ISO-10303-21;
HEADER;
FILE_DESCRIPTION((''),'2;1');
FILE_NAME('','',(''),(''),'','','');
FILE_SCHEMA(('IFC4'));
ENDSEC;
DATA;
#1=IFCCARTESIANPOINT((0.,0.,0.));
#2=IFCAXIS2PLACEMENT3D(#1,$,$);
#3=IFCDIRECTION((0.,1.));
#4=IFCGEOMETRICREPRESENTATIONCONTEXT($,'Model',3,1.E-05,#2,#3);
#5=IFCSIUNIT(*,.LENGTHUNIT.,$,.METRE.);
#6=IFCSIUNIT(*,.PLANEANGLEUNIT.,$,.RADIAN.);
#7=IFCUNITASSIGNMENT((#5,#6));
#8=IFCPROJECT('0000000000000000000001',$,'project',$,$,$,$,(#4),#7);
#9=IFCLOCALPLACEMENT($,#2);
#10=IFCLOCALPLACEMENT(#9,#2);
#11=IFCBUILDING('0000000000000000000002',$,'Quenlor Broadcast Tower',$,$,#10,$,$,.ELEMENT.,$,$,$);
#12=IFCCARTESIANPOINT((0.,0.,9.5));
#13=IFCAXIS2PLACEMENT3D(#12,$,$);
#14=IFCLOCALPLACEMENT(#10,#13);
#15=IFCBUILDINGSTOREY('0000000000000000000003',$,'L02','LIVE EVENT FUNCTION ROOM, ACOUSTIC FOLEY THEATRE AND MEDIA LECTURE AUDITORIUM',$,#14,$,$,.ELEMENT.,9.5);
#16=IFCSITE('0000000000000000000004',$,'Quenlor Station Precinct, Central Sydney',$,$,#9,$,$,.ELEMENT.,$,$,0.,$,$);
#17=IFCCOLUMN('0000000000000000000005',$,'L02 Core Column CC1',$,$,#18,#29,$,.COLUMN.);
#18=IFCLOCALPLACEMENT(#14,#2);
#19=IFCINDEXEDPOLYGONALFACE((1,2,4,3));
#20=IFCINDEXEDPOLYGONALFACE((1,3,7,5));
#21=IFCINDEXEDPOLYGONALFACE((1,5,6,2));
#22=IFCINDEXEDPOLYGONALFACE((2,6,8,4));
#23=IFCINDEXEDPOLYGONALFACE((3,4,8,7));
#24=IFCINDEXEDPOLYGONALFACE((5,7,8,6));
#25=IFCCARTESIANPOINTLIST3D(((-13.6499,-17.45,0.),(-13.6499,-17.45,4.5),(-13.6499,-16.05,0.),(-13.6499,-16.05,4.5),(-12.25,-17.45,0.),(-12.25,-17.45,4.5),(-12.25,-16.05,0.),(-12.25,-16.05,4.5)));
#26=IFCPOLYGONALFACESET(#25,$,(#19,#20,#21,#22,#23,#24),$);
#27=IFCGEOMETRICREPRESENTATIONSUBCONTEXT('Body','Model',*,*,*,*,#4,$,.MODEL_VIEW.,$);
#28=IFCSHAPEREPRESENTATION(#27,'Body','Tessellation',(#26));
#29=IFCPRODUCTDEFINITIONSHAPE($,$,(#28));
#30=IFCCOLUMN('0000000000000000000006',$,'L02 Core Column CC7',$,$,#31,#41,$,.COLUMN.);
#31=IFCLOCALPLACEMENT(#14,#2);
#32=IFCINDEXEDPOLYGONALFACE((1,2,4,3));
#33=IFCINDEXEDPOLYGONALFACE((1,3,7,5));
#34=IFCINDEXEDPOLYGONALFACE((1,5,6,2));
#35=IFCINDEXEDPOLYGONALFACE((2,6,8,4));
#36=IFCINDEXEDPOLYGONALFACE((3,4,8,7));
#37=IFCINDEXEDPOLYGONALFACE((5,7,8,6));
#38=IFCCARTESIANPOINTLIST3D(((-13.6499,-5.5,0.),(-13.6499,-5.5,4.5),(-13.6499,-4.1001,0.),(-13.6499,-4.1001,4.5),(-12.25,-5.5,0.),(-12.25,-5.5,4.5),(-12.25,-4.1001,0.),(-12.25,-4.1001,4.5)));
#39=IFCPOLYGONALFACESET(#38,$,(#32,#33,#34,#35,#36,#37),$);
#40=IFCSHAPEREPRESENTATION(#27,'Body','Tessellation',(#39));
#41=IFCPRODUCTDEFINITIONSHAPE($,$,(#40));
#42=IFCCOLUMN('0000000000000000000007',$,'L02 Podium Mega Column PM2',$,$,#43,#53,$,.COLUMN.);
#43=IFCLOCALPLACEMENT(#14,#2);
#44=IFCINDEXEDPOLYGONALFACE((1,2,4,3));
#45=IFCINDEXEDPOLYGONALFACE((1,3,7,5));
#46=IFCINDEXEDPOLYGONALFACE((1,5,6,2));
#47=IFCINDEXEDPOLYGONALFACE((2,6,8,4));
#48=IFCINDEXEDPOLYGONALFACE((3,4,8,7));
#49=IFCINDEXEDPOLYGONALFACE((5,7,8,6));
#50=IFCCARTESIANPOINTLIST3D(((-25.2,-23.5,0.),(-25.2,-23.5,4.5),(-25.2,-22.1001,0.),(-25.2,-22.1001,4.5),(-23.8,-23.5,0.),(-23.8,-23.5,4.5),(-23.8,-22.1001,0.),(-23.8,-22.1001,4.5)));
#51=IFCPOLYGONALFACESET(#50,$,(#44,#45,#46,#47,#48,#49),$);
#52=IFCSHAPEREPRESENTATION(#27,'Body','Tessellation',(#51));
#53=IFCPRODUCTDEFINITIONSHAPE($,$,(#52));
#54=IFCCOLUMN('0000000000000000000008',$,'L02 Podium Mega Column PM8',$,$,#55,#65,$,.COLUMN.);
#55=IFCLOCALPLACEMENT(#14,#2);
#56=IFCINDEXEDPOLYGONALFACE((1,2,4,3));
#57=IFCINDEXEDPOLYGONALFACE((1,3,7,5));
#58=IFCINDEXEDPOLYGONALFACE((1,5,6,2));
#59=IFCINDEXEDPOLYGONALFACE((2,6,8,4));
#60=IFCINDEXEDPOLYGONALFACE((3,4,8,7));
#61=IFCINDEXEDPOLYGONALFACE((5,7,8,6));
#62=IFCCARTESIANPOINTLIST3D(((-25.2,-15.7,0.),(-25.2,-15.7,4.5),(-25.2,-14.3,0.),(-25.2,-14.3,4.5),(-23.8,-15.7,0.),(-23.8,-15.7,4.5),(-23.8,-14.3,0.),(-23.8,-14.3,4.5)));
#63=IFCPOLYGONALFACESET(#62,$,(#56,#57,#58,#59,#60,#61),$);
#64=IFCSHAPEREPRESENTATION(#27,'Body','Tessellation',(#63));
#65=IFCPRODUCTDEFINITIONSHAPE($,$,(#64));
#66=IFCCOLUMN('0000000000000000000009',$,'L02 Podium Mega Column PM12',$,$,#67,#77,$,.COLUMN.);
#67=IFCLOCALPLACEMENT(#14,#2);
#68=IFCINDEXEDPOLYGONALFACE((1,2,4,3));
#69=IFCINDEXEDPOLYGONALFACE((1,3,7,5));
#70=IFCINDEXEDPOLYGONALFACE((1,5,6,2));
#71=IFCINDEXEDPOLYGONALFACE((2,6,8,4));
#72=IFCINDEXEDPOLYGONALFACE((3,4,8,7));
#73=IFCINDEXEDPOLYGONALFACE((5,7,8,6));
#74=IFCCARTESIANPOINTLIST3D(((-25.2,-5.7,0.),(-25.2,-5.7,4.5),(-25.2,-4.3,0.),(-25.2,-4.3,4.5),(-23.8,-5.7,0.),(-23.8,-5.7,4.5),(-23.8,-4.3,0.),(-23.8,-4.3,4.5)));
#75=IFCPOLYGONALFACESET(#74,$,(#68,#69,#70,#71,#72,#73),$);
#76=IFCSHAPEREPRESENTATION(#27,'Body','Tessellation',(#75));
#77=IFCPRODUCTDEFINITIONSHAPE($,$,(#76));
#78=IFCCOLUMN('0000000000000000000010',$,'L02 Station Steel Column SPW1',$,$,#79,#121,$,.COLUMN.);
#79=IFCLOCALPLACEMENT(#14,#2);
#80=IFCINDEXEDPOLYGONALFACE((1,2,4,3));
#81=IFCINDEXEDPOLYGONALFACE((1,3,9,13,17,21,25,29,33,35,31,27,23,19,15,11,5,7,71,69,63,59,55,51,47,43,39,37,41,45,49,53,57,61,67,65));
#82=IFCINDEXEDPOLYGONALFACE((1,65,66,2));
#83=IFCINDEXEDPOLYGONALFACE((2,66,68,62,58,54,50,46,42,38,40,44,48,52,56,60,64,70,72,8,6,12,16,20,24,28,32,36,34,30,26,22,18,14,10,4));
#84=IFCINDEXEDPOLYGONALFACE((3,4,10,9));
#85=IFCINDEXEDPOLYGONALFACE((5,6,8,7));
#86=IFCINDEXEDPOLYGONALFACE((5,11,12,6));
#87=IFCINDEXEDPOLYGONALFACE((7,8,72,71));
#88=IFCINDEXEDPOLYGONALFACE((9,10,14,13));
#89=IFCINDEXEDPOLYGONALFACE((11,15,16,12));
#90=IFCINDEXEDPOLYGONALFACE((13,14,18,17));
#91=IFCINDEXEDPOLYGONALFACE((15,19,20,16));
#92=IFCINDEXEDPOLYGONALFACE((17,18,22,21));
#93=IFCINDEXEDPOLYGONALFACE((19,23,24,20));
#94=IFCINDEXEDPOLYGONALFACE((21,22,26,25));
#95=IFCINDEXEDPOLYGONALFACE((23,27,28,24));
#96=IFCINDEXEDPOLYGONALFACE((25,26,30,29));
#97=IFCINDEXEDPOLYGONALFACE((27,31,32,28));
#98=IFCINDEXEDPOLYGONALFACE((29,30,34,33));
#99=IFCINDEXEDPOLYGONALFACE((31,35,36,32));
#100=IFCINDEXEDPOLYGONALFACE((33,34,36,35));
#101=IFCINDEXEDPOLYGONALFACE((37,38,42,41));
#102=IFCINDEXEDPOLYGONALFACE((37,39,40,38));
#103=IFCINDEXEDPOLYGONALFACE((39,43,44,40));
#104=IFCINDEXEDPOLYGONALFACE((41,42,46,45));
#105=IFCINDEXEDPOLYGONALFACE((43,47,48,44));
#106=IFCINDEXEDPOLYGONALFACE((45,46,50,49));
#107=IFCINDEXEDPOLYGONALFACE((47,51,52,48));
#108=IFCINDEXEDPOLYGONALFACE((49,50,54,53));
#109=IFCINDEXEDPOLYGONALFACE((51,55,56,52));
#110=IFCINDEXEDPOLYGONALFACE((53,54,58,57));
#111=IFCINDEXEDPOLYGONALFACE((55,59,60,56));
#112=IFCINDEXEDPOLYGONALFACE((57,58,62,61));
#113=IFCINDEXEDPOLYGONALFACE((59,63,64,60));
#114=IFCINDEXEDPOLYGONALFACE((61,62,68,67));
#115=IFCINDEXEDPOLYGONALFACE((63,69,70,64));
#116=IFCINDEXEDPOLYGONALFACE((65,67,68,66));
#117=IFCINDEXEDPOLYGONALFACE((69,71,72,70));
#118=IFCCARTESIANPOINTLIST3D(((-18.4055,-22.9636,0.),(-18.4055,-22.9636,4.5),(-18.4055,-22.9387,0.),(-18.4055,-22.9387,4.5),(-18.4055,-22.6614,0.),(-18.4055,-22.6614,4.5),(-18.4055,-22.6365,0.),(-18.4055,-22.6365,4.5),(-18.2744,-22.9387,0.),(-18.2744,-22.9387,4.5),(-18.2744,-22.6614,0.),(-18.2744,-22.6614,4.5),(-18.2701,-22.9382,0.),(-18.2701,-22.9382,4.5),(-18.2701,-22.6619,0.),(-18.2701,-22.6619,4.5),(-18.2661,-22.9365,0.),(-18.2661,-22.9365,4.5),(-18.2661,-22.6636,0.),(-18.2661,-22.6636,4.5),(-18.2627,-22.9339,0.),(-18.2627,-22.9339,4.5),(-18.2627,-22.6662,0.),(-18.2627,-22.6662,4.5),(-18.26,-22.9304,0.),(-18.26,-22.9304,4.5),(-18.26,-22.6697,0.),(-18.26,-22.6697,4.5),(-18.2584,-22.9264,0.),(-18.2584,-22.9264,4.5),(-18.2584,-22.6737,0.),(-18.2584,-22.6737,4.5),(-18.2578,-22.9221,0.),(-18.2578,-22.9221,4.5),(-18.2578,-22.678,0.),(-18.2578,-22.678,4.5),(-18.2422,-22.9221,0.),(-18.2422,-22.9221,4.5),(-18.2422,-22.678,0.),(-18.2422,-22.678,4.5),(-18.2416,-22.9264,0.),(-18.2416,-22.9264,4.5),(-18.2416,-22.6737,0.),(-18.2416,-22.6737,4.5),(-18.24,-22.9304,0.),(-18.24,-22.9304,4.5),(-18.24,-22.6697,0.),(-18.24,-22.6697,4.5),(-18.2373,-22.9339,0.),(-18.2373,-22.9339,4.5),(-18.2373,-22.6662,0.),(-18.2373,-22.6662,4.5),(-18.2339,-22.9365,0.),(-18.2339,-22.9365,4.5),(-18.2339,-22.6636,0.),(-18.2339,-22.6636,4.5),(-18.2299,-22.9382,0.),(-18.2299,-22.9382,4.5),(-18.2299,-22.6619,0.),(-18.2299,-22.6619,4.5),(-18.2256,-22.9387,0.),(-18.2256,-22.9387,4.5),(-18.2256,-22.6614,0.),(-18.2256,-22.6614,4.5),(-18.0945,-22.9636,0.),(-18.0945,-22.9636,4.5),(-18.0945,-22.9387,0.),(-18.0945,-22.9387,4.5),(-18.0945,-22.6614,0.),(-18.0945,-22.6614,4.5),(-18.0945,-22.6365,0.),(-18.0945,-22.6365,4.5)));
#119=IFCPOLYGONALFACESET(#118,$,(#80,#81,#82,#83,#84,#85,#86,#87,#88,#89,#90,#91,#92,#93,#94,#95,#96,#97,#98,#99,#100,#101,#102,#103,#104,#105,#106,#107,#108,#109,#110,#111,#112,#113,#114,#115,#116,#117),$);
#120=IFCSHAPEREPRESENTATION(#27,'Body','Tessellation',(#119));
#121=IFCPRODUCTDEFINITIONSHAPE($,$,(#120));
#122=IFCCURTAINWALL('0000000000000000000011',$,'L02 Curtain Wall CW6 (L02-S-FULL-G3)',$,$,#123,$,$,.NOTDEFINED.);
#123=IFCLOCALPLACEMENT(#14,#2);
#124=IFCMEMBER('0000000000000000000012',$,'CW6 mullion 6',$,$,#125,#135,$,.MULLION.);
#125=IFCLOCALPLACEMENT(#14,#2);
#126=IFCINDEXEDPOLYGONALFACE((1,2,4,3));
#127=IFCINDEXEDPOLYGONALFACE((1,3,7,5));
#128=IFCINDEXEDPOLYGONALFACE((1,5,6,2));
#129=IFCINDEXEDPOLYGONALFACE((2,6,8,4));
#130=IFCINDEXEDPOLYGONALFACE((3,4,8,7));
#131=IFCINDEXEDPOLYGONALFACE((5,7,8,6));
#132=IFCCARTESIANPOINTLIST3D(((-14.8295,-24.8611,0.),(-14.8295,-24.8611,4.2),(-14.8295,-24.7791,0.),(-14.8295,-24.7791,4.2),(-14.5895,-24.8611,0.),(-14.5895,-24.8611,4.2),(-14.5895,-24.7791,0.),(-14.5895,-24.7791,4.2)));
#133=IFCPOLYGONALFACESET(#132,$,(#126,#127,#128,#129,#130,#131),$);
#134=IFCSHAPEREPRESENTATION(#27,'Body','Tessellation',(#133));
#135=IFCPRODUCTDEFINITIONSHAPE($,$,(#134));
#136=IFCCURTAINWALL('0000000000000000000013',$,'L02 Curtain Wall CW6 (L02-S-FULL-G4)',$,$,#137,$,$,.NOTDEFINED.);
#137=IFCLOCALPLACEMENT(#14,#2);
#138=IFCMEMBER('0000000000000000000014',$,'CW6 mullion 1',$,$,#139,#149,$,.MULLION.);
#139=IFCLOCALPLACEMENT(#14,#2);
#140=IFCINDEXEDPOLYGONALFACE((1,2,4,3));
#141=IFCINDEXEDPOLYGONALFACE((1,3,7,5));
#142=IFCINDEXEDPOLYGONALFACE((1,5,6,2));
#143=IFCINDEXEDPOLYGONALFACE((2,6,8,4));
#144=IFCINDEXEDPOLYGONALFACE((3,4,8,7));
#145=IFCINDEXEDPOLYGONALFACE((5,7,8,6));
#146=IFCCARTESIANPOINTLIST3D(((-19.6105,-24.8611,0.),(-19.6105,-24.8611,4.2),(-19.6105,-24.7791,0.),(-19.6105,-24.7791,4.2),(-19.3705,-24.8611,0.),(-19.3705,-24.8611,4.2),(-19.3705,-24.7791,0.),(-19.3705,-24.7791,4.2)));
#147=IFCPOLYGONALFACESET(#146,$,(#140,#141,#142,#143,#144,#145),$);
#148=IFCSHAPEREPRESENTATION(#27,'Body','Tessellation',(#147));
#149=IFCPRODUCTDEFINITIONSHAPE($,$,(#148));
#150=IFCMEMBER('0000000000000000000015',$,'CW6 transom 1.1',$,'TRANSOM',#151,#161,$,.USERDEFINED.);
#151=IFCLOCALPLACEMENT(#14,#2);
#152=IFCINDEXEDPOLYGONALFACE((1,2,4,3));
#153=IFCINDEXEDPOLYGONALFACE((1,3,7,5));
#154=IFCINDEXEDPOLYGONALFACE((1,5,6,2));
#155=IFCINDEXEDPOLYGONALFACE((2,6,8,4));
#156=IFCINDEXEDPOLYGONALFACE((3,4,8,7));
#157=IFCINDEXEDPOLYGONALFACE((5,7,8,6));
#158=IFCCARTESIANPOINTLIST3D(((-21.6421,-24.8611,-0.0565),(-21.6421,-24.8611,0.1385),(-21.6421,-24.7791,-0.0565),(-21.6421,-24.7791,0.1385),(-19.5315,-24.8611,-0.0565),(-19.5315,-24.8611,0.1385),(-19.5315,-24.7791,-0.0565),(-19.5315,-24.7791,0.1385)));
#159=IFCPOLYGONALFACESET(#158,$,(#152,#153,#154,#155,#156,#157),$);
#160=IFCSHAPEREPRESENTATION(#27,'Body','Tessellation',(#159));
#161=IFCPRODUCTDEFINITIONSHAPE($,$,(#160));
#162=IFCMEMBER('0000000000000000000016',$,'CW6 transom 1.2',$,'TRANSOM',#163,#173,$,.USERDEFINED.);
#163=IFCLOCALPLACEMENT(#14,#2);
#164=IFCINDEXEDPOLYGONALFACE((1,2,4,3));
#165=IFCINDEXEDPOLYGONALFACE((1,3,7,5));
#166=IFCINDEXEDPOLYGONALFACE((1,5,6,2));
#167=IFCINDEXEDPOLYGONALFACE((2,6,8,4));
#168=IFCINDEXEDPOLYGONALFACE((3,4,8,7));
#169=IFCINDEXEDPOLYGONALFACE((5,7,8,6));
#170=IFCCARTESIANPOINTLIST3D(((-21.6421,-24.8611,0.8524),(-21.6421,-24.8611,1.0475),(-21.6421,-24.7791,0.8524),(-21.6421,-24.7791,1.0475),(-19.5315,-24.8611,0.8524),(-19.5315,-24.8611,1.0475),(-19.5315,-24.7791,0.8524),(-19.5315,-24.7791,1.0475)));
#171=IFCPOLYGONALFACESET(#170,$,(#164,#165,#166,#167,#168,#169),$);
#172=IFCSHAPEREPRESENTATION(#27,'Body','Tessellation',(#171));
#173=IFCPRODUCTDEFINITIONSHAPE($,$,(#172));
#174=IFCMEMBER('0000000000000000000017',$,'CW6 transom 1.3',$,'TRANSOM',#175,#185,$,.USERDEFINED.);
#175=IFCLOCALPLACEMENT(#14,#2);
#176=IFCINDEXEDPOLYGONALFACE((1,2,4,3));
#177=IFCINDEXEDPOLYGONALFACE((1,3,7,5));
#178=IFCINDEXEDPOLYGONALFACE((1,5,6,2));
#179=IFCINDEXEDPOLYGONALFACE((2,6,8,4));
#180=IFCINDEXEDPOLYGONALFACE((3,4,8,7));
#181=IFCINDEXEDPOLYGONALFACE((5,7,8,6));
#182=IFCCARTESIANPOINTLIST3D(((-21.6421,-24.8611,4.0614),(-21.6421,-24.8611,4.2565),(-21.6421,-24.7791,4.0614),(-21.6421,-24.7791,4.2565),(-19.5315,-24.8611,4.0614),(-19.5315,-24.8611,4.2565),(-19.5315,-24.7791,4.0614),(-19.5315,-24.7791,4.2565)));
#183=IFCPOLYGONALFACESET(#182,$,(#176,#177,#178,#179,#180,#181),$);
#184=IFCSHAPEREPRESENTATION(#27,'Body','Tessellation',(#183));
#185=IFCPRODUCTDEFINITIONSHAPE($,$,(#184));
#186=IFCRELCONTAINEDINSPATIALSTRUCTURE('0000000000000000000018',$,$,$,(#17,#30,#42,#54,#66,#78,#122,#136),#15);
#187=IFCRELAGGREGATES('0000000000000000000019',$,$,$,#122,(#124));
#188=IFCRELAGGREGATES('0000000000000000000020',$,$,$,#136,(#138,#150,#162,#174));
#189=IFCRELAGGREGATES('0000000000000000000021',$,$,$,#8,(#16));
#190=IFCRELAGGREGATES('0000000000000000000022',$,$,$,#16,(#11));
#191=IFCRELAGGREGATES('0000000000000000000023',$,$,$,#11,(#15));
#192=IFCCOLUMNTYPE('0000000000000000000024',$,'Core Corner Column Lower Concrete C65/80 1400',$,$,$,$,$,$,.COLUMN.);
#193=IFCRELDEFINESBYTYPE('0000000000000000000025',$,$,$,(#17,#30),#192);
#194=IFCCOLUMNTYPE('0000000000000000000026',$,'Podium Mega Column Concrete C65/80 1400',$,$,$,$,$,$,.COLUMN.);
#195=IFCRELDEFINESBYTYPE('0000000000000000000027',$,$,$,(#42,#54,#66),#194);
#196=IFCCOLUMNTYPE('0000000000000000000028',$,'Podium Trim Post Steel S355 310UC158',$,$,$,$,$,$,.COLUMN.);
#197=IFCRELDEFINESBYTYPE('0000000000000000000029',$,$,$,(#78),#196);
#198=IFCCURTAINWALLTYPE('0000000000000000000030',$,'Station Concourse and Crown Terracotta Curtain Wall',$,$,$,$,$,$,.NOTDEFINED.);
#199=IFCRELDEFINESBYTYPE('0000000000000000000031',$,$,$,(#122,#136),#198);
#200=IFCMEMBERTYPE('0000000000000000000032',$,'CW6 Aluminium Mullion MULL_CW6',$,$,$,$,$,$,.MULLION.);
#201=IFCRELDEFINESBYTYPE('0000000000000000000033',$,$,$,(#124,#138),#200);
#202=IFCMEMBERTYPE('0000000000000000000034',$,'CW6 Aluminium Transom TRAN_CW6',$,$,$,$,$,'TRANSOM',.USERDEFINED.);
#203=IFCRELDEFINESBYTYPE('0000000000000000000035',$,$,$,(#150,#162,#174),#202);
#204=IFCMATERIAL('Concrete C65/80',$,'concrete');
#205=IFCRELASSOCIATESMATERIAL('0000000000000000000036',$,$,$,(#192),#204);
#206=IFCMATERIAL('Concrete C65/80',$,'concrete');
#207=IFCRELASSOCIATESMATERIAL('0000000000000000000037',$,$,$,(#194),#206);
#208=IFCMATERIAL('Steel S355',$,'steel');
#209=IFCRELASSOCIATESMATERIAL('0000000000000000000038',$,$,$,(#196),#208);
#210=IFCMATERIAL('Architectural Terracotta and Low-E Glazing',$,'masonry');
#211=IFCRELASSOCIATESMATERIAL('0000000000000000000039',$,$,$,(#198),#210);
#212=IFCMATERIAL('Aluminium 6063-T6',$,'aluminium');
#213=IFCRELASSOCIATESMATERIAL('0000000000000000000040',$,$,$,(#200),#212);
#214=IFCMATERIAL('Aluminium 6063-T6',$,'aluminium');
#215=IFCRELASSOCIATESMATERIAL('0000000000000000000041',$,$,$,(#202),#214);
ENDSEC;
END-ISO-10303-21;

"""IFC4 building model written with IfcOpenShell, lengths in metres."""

from ifc_helpers import new_model, si_unit, direction, frame, origin, origin_2d, place, context, subcontext, project, spatial, rectangle, i_section, extrude, material, material_profile, profile_set, type_object, element, aggregate, save


model = new_model("IFC4")

# Units and contexts
model_context = context("Model", 3, precision=1e-05, world=origin(), true_north=direction((0.0, 1.0)))
body_context = subcontext(model_context, "Body", "Model", "MODEL_VIEW")
ifc_project = project(units=[si_unit("LENGTHUNIT", "METRE"), si_unit("PLANEANGLEUNIT", "RADIAN")], contexts=[model_context])

# Site, building, storey
site_placement = place(None, origin())
site = spatial("IfcSite", under=ifc_project, at=site_placement, Name="Quenlor Station Precinct, Central Sydney", CompositionType="ELEMENT", RefElevation=0.0)
building_placement = place(site_placement, origin())
building = spatial("IfcBuilding", under=site, at=building_placement, Name="Quenlor Broadcast Tower", CompositionType="ELEMENT")
storey_placement = place(building_placement, frame((0.0, 0.0, 9.5)))
storey = spatial("IfcBuildingStorey", under=building, at=storey_placement, Name="L02", Description="LIVE EVENT FUNCTION ROOM, ACOUSTIC FOLEY THEATRE AND MEDIA LECTURE AUDITORIUM", CompositionType="ELEMENT", Elevation=9.5)

# Columns
ifc_material_1 = material(Name="Concrete C65/80", Category="concrete")
ifc_material_profile_1 = material_profile(ifc_material_1, rectangle(XDim=1.3999, YDim=1.3999, at=origin_2d()))
ifc_profile_set_1 = profile_set([ifc_material_profile_1], Name="Concrete C65/80 RC1400x1400")
column_type_1 = type_object("IfcColumnType", Name="Core Corner Column Lower Concrete C65/80 1400", PredefinedType="COLUMN", material=ifc_profile_set_1)
for number, where, z_axis, x_axis, name in (
    (1, (-12.95, -16.75, 0.0), (0.0, 0.0, 1.0), (1.0, 0.0, 0.0), "L02 Core Column CC1"),
    (2, (-12.95, -4.8, 0.0), (0.0, 0.0, 1.0), (1.0, 0.0, 0.0), "L02 Core Column CC7"),
):
    element("IfcColumn", number, at=place(storey_placement, frame(where, z_axis=z_axis, x_axis=x_axis)), inside=storey, type_object=column_type_1, Name=name, PredefinedType="COLUMN", context=body_context, shape_type="SweptSolid", body=[
        extrude(rectangle(XDim=1.3999, YDim=1.3999, at=origin_2d()), origin(), (0.0, 0.0, 1.0), 4.5),
    ])
ifc_material_2 = material(Name="Concrete C65/80", Category="concrete")
ifc_material_profile_2 = material_profile(ifc_material_2, rectangle(XDim=1.3999, YDim=1.3999, at=origin_2d()))
ifc_profile_set_2 = profile_set([ifc_material_profile_2], Name="Concrete C65/80 RC1400x1400")
column_type_2 = type_object("IfcColumnType", Name="Podium Mega Column Concrete C65/80 1400", PredefinedType="COLUMN", material=ifc_profile_set_2)
for number, where, z_axis, x_axis, name in (
    (3, (-24.5, -22.8, 0.0), (0.0, 0.0, 1.0), (1.0, 0.0, 0.0), "L02 Podium Mega Column PM2"),
    (4, (-24.5, -15.0, 0.0), (0.0, 0.0, 1.0), (1.0, 0.0, 0.0), "L02 Podium Mega Column PM8"),
    (5, (-24.5, -5.0, 0.0), (0.0, 0.0, 1.0), (1.0, 0.0, 0.0), "L02 Podium Mega Column PM12"),
):
    element("IfcColumn", number, at=place(storey_placement, frame(where, z_axis=z_axis, x_axis=x_axis)), inside=storey, type_object=column_type_2, Name=name, PredefinedType="COLUMN", context=body_context, shape_type="SweptSolid", body=[
        extrude(rectangle(XDim=1.3999, YDim=1.3999, at=origin_2d()), origin(), (0.0, 0.0, 1.0), 4.5),
    ])
ifc_material_3 = material(Name="Steel S355", Category="steel")
ifc_material_profile_3 = material_profile(ifc_material_3, i_section(OverallWidth=0.311, OverallDepth=0.3271, WebThickness=0.0156, FlangeThickness=0.0249, FilletRadius=0.0166, at=origin_2d()))
ifc_profile_set_3 = profile_set([ifc_material_profile_3], Name="Steel S355 310UC158")
column_type_3 = type_object("IfcColumnType", Name="Podium Trim Post Steel S355 310UC158", PredefinedType="COLUMN", material=ifc_profile_set_3)
column_placement = place(storey_placement, frame((-18.25, -22.8, 0.0), z_axis=(0.0, 0.0, 1.0), x_axis=(1.0, 0.0, 0.0)))
element("IfcColumn", 6, at=column_placement, inside=storey, type_object=column_type_3, Name="L02 Station Steel Column SPW1", PredefinedType="COLUMN", context=body_context, shape_type="SweptSolid", body=[
    extrude(i_section(OverallWidth=0.311, OverallDepth=0.3271, WebThickness=0.0156, FlangeThickness=0.0249, FilletRadius=0.0166, at=origin_2d()), origin(), (0.0, 0.0, 1.0), 4.5),
])

# Curtain wall, member
ifc_material_4 = material(Name="Architectural Terracotta and Low-E Glazing", Category="masonry")
curtain_wall_type = type_object("IfcCurtainWallType", Name="Station Concourse and Crown Terracotta Curtain Wall", PredefinedType="NOTDEFINED", material=ifc_material_4)
curtain_wall_1_placement = place(storey_placement, origin())
curtain_wall_1 = element("IfcCurtainWall", 7, at=curtain_wall_1_placement, inside=storey, type_object=curtain_wall_type, Name="L02 Curtain Wall CW6 (L02-S-FULL-G3)", PredefinedType="NOTDEFINED")
ifc_material_5 = material(Name="Aluminium 6063-T6", Category="aluminium")
ifc_material_profile_4 = material_profile(ifc_material_5, rectangle(XDim=0.082, YDim=0.24, at=origin_2d()))
ifc_profile_set_4 = profile_set([ifc_material_profile_4], Name="Aluminium 6063-T6 MULL82x240")
member_type_1 = type_object("IfcMemberType", Name="CW6 Aluminium Mullion MULL_CW6", PredefinedType="MULLION", material=ifc_profile_set_4)
member_1_placement = place(storey_placement, frame((-14.7095, -24.8201, 0.0), z_axis=(0.0, 0.0, 1.0), x_axis=(0.0, -1.0, 0.0)))
member_1 = element("IfcMember", 8, at=member_1_placement, type_object=member_type_1, Name="CW6 mullion 6", PredefinedType="MULLION", context=body_context, shape_type="SweptSolid", body=[
    extrude(rectangle(XDim=0.082, YDim=0.24, at=origin_2d()), origin(), (0.0, 0.0, 1.0), 4.2),
])
aggregate(curtain_wall_1, [member_1])

# Curtain wall, members
curtain_wall_2_placement = place(storey_placement, origin())
curtain_wall_2 = element("IfcCurtainWall", 9, at=curtain_wall_2_placement, inside=storey, type_object=curtain_wall_type, Name="L02 Curtain Wall CW6 (L02-S-FULL-G4)", PredefinedType="NOTDEFINED")
member_2_placement = place(storey_placement, frame((-19.4905, -24.8201, 0.0), z_axis=(0.0, 0.0, 1.0), x_axis=(0.0, -1.0, 0.0)))
member_2 = element("IfcMember", 10, at=member_2_placement, type_object=member_type_1, Name="CW6 mullion 1", PredefinedType="MULLION", context=body_context, shape_type="SweptSolid", body=[
    extrude(rectangle(XDim=0.082, YDim=0.24, at=origin_2d()), origin(), (0.0, 0.0, 1.0), 4.2),
])
ifc_material_6 = material(Name="Aluminium 6063-T6", Category="aluminium")
ifc_material_profile_5 = material_profile(ifc_material_6, rectangle(XDim=0.082, YDim=0.1951, at=origin_2d()))
ifc_profile_set_5 = profile_set([ifc_material_profile_5], Name="Aluminium 6063-T6 TRAN82x195")
member_type_2 = type_object("IfcMemberType", Name="CW6 Aluminium Transom TRAN_CW6", ElementType="TRANSOM", PredefinedType="USERDEFINED", material=ifc_profile_set_5)
member_3_placement = place(storey_placement, frame((-19.5315, -24.8201, 0.041), z_axis=(-1.0, 0.0, 0.0), x_axis=(0.0, -1.0, 0.0)))
member_3 = element("IfcMember", 11, at=member_3_placement, type_object=member_type_2, Name="CW6 transom 1.1", ObjectType="TRANSOM", PredefinedType="USERDEFINED", context=body_context, shape_type="SweptSolid", body=[
    extrude(rectangle(XDim=0.082, YDim=0.1951, at=origin_2d()), origin(), (0.0, 0.0, 1.0), 2.1106),
])
member_4_placement = place(storey_placement, frame((-19.5315, -24.8201, 0.95), z_axis=(-1.0, 0.0, 0.0), x_axis=(0.0, -1.0, 0.0)))
member_4 = element("IfcMember", 12, at=member_4_placement, type_object=member_type_2, Name="CW6 transom 1.2", ObjectType="TRANSOM", PredefinedType="USERDEFINED", context=body_context, shape_type="SweptSolid", body=[
    extrude(rectangle(XDim=0.082, YDim=0.1951, at=origin_2d()), origin(), (0.0, 0.0, 1.0), 2.1106),
])
member_5_placement = place(storey_placement, frame((-19.5315, -24.8201, 4.1589), z_axis=(-1.0, 0.0, 0.0), x_axis=(0.0, -1.0, 0.0)))
member_5 = element("IfcMember", 13, at=member_5_placement, type_object=member_type_2, Name="CW6 transom 1.3", ObjectType="TRANSOM", PredefinedType="USERDEFINED", context=body_context, shape_type="SweptSolid", body=[
    extrude(rectangle(XDim=0.082, YDim=0.1951, at=origin_2d()), origin(), (0.0, 0.0, 1.0), 2.1106),
])

aggregate(curtain_wall_2, [member_2, member_3, member_4, member_5])

save(model, "model.ifc")
